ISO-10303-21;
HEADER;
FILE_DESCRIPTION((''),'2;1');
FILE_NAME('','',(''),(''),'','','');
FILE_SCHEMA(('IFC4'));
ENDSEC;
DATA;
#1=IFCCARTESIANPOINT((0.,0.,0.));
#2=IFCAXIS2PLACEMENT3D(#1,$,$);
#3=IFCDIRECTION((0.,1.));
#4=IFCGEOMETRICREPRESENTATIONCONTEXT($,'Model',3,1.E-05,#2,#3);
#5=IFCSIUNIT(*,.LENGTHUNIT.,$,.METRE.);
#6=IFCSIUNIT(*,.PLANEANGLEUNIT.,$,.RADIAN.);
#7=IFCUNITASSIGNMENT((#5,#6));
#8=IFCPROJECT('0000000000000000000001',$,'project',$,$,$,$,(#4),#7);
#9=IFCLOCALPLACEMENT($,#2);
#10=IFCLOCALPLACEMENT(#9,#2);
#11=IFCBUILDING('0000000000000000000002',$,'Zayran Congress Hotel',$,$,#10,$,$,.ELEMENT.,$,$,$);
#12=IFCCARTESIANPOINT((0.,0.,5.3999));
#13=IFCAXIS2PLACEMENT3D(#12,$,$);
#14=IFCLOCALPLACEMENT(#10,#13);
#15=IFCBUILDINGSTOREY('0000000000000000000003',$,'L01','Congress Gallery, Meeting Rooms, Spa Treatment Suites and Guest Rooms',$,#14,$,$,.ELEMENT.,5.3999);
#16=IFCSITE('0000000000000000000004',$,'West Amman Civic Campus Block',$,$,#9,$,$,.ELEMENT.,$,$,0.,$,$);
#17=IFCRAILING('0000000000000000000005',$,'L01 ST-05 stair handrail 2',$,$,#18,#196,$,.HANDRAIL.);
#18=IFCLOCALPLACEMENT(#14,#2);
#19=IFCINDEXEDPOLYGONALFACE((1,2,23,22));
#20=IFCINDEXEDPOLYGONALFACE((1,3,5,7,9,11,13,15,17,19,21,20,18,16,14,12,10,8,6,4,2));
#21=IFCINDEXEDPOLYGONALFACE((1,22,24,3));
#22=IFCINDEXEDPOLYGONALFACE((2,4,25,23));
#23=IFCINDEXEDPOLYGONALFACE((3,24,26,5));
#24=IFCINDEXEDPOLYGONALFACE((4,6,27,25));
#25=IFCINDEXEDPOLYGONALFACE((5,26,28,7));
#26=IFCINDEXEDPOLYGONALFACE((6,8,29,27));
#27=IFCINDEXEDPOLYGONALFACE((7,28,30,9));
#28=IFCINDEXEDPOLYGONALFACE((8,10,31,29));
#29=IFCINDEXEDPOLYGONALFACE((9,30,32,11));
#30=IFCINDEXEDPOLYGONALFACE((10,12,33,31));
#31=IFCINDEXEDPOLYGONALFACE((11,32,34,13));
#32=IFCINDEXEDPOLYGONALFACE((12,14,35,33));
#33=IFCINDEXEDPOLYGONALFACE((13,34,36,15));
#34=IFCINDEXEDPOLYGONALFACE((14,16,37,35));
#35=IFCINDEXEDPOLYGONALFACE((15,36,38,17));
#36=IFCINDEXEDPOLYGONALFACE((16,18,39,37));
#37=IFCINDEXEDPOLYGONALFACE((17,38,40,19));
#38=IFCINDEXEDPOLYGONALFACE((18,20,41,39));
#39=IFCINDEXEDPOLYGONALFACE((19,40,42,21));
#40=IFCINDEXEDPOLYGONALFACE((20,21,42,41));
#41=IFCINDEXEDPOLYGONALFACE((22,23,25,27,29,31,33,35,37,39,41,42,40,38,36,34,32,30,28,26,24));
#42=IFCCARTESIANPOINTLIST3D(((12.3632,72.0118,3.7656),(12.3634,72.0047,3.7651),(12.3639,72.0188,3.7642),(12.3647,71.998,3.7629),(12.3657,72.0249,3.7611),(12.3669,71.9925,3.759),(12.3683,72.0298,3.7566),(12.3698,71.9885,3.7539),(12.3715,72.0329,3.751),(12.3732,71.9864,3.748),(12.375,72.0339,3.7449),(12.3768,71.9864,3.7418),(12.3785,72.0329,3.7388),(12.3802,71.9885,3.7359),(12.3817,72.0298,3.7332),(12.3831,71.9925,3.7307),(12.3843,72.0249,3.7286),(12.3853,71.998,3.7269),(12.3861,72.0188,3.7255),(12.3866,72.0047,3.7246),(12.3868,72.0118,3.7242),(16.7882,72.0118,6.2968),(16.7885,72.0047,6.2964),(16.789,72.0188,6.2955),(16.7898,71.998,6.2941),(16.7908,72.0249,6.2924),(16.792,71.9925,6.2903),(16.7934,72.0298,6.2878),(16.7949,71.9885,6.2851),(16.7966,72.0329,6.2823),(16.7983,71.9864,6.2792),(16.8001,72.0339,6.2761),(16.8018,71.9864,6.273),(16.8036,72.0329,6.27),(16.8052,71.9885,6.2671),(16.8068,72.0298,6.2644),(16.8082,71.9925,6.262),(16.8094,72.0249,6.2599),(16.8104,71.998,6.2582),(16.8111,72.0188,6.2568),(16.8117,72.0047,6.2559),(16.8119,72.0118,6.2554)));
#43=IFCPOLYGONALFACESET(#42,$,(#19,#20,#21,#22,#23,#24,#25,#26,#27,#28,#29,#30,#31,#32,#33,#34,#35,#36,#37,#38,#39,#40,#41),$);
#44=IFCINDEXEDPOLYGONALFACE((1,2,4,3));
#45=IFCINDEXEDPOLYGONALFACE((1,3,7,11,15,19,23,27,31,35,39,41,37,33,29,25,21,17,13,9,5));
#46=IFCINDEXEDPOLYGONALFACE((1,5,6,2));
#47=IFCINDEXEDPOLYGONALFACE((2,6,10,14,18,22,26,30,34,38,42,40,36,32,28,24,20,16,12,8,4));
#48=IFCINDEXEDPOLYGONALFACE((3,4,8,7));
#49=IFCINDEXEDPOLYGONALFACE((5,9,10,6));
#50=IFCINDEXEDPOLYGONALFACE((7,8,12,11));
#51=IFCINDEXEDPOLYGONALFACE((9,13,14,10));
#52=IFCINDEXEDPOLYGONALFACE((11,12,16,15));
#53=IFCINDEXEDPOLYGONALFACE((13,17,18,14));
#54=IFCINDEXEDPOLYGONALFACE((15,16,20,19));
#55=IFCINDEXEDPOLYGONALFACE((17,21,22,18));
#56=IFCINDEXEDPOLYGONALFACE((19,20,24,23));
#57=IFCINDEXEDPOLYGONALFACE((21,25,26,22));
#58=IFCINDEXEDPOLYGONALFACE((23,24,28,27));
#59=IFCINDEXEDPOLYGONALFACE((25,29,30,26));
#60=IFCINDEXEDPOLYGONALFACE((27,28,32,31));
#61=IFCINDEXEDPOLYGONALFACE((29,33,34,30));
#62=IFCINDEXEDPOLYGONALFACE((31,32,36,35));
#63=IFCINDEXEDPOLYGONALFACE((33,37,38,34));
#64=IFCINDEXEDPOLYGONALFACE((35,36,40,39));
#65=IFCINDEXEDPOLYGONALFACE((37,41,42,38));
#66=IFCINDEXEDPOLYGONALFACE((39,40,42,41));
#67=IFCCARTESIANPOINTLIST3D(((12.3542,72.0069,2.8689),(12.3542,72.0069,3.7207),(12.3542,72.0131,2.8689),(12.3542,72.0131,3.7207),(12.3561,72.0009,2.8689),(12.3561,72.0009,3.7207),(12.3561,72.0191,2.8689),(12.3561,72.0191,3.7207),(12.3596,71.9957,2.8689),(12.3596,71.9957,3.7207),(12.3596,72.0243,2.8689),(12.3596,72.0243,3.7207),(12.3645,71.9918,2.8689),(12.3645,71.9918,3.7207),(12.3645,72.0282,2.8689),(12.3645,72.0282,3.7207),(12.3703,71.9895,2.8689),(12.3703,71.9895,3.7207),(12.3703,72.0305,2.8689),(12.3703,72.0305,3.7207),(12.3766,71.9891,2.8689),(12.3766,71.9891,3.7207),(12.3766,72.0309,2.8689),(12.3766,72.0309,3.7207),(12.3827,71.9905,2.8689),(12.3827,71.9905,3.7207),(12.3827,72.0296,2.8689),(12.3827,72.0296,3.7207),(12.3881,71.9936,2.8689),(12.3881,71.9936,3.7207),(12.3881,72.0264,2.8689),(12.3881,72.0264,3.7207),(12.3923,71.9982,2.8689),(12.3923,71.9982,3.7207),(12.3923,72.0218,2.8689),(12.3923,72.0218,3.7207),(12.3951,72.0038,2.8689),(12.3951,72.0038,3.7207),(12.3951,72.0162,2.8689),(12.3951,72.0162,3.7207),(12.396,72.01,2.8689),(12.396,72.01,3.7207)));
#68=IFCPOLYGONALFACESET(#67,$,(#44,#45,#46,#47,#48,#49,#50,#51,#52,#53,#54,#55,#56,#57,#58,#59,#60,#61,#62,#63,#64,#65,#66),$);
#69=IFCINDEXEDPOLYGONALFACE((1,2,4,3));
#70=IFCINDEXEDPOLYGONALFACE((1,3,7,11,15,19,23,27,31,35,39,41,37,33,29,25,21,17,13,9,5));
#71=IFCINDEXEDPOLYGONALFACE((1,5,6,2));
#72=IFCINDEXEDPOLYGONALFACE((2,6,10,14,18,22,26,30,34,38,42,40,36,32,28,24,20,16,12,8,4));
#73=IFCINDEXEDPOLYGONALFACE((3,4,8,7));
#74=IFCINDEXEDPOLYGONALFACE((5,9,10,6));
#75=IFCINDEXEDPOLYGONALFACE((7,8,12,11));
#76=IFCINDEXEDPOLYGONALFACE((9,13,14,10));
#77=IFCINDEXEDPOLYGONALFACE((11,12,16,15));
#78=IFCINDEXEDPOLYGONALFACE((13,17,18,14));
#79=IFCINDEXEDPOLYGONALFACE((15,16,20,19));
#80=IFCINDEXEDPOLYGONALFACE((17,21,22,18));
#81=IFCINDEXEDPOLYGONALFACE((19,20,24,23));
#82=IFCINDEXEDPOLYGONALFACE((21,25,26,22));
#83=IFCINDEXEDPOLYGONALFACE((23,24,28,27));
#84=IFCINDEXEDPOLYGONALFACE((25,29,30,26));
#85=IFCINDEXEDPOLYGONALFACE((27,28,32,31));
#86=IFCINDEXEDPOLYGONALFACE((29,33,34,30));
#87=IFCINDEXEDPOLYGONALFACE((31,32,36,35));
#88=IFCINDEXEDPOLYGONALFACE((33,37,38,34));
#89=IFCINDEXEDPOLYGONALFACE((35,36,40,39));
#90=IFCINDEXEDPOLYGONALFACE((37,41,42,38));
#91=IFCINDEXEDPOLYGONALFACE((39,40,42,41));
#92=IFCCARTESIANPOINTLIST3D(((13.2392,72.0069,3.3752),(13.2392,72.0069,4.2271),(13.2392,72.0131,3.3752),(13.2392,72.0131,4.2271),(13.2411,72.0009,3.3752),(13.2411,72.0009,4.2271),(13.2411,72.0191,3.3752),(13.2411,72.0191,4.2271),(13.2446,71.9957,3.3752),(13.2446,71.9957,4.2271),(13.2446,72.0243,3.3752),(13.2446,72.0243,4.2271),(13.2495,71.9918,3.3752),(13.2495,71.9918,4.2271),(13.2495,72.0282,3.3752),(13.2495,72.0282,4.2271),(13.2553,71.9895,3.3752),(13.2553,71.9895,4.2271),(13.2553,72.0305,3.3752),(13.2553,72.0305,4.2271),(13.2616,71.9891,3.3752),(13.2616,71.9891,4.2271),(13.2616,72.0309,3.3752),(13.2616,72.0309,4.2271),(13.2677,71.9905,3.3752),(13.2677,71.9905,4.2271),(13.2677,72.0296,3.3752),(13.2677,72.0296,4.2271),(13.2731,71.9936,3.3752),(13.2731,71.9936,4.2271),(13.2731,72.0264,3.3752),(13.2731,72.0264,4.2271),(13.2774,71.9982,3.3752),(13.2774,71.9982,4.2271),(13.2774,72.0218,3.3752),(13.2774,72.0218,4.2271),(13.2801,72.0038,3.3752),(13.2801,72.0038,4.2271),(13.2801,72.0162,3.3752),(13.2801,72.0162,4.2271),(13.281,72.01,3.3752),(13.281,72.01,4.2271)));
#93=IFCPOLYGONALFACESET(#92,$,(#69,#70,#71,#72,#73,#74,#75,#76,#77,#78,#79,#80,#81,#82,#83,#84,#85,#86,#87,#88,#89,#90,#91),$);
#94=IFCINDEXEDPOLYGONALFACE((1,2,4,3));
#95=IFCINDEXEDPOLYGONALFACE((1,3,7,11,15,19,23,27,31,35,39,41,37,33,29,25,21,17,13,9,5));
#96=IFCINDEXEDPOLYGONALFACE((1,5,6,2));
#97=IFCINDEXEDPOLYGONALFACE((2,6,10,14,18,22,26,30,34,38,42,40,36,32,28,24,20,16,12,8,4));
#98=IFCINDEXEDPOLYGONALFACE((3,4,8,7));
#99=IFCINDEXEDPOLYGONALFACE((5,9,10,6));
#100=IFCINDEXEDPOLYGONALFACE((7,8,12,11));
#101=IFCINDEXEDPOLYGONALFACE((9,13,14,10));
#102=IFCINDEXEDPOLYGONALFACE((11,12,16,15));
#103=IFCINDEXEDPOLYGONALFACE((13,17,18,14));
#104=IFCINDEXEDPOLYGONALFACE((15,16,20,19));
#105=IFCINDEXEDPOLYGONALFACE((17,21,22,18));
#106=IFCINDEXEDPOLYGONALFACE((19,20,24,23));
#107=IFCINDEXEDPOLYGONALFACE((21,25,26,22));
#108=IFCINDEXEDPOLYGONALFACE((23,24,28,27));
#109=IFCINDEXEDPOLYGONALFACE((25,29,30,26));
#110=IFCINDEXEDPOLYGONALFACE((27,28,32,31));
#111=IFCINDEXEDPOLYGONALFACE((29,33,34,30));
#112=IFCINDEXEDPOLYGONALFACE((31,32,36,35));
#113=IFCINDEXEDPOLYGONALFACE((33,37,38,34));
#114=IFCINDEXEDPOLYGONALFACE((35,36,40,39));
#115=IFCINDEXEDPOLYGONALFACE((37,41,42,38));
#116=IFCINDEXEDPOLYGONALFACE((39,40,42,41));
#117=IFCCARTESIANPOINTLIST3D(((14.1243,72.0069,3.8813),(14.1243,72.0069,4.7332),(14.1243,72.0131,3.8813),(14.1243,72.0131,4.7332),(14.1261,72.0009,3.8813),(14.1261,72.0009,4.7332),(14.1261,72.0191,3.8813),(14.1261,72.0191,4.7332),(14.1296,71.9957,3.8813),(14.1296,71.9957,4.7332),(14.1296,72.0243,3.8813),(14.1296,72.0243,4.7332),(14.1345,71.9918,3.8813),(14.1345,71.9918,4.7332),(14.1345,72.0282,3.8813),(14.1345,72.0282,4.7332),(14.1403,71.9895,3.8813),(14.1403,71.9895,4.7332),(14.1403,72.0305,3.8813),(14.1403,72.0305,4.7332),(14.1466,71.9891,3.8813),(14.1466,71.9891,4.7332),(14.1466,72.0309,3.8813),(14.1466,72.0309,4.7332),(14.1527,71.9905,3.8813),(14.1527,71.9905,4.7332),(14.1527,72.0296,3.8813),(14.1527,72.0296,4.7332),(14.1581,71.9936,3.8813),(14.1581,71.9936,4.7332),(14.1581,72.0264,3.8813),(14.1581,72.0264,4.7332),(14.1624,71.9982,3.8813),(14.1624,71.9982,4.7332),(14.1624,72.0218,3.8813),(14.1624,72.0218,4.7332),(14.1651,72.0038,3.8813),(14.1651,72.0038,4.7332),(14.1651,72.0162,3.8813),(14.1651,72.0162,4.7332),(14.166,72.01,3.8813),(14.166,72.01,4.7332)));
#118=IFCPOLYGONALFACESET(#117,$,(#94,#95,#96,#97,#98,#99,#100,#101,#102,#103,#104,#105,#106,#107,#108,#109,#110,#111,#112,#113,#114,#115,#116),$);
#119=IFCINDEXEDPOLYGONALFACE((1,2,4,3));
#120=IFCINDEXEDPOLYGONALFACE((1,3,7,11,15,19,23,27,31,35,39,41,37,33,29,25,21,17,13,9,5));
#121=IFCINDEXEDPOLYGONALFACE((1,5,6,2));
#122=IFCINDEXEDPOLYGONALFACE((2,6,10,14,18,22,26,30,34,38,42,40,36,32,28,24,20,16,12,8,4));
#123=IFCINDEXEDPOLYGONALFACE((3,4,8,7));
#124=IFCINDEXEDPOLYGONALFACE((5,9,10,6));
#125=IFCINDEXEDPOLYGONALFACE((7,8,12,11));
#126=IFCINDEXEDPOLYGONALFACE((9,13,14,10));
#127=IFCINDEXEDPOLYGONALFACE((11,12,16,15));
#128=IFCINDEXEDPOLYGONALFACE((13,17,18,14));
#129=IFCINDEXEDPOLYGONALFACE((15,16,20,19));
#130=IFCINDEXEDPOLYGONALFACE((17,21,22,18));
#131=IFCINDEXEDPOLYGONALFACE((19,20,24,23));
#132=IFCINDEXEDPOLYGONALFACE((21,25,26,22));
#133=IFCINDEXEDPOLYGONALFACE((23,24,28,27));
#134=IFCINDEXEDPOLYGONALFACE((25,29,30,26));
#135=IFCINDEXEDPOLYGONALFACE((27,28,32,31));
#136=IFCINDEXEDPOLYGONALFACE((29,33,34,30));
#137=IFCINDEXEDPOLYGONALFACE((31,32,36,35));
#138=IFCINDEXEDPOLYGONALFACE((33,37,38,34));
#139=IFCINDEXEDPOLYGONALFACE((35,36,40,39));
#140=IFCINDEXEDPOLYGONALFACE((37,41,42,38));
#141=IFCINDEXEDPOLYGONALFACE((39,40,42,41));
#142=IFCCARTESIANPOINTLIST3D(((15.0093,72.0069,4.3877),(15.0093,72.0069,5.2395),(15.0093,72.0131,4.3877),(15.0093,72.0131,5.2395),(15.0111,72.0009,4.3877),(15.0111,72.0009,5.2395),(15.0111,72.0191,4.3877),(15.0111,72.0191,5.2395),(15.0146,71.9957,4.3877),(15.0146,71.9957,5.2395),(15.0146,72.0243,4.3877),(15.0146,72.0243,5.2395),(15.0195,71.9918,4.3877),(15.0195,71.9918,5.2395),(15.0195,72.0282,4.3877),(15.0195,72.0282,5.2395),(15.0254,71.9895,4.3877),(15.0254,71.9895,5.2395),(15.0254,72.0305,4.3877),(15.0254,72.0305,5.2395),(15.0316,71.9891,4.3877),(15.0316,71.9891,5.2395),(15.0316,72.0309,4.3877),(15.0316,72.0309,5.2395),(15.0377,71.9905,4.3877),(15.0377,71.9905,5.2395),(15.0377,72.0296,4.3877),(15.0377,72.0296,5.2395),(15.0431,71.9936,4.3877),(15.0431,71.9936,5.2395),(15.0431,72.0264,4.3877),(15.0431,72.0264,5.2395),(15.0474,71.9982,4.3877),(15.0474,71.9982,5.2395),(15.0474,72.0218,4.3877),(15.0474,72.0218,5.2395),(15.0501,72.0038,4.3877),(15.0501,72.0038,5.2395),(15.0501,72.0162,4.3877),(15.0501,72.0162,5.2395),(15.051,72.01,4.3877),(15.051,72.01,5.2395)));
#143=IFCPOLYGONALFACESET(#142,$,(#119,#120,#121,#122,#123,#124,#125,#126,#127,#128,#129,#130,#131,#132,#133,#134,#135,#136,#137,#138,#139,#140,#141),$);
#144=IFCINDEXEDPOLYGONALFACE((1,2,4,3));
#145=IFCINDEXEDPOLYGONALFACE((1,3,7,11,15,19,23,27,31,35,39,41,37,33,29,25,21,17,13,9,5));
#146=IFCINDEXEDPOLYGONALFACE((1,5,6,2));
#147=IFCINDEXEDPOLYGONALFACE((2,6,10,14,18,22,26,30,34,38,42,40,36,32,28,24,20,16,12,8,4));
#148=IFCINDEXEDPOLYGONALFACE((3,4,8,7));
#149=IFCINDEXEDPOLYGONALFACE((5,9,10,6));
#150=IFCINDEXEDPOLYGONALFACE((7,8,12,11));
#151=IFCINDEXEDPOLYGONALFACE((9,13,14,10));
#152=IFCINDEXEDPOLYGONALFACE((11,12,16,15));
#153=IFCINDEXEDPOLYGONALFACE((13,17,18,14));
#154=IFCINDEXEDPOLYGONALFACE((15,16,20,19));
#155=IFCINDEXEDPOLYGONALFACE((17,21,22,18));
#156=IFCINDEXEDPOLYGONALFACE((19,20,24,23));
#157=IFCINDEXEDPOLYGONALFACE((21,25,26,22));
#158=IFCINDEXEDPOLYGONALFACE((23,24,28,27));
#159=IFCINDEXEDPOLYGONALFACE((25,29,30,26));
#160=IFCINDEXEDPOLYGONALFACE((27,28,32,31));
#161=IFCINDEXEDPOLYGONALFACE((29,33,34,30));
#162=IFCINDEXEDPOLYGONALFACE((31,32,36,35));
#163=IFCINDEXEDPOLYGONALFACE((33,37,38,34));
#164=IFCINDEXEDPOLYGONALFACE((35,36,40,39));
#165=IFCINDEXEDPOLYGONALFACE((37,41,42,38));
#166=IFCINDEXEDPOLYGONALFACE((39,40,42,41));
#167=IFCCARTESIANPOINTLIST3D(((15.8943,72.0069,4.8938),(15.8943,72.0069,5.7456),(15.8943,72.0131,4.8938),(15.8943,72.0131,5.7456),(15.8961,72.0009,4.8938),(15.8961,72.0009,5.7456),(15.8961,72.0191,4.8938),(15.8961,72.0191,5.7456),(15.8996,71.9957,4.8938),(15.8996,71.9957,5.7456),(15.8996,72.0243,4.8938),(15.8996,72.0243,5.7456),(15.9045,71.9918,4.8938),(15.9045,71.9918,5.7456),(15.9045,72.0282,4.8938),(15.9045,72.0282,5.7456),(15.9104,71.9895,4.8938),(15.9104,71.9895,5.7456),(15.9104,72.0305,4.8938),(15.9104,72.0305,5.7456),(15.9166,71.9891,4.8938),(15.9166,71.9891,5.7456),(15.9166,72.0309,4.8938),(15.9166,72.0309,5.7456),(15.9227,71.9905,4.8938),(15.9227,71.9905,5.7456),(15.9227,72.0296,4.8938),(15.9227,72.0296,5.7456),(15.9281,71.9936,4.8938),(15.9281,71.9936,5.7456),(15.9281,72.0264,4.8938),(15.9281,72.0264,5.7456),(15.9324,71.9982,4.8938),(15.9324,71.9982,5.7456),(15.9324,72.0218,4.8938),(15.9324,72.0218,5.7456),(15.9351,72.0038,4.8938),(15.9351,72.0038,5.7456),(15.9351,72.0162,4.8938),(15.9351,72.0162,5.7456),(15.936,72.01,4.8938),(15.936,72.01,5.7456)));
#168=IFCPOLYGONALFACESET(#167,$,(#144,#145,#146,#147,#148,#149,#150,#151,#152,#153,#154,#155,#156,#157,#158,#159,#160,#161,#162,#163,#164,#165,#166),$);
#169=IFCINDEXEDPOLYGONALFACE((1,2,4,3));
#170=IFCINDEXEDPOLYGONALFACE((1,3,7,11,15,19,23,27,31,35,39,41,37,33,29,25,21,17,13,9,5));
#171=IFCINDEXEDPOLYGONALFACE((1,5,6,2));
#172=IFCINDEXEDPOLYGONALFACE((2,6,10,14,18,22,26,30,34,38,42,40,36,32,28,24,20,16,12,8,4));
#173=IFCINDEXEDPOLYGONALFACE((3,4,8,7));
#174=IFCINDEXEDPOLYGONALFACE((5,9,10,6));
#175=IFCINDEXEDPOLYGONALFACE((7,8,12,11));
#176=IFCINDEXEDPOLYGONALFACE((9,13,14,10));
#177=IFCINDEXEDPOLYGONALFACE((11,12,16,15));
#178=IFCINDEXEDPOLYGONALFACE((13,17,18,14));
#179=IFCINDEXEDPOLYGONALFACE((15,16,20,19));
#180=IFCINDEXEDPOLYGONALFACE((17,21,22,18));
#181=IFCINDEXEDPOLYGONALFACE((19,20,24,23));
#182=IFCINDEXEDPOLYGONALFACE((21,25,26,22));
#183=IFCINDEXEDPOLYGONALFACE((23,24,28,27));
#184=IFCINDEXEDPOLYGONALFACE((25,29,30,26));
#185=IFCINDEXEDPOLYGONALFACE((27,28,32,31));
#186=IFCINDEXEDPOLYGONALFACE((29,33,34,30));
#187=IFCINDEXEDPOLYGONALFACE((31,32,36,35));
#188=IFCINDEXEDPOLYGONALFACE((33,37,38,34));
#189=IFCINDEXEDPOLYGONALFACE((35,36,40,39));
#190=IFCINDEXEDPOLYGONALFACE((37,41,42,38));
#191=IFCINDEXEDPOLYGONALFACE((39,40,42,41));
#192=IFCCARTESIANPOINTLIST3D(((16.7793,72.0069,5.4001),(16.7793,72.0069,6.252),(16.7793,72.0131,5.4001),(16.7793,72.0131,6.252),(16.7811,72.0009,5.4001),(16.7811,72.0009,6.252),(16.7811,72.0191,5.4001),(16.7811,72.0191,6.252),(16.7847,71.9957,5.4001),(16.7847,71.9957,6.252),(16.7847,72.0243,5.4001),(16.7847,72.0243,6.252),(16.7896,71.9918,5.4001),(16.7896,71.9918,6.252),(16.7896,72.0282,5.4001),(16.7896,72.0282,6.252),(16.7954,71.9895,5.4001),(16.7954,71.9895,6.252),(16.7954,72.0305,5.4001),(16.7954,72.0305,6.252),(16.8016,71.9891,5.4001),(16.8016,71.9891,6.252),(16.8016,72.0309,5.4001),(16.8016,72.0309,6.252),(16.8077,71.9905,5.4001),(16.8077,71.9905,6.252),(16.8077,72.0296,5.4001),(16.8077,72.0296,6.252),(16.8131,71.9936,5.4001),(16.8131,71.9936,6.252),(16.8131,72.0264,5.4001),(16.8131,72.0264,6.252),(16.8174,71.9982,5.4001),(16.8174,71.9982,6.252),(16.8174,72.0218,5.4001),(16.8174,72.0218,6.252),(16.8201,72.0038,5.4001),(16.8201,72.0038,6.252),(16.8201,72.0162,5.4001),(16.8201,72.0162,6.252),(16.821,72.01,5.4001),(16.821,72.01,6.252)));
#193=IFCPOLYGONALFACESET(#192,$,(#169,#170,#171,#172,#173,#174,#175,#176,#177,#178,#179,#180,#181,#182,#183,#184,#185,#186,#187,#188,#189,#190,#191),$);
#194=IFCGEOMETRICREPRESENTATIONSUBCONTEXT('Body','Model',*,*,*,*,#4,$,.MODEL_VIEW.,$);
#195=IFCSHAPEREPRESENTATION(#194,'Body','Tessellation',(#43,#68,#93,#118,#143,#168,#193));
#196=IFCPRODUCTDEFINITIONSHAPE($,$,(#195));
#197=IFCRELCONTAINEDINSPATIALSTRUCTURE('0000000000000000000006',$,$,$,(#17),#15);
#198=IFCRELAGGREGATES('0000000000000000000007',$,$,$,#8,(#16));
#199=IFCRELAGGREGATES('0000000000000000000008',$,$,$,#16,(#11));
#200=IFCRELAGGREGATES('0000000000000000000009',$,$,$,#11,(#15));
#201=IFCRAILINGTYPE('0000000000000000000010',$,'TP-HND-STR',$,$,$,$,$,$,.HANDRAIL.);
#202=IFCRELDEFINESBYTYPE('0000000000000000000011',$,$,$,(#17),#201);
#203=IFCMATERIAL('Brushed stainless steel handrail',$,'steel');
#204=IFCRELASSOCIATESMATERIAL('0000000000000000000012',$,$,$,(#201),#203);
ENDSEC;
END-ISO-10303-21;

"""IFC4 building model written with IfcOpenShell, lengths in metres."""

from ifc_helpers import new_model, si_unit, direction, frame, origin, origin_2d, place, context, subcontext, project, spatial, circle, extrude, material, type_object, element, save


model = new_model("IFC4")

# Units and contexts
model_context = context("Model", 3, precision=1e-05, world=origin(), true_north=direction((0.0, 1.0)))
body_context = subcontext(model_context, "Body", "Model", "MODEL_VIEW")
ifc_project = project(units=[si_unit("LENGTHUNIT", "METRE"), si_unit("PLANEANGLEUNIT", "RADIAN")], contexts=[model_context])

# Site, building, storey
site_placement = place(None, origin())
site = spatial("IfcSite", under=ifc_project, at=site_placement, Name="West Amman Civic Campus Block", CompositionType="ELEMENT", RefElevation=0.0)
building_placement = place(site_placement, origin())
building = spatial("IfcBuilding", under=site, at=building_placement, Name="Zayran Congress Hotel", CompositionType="ELEMENT")
storey_placement = place(building_placement, frame((0.0, 0.0, 5.3999)))
storey = spatial("IfcBuildingStorey", under=building, at=storey_placement, Name="L01", Description="Congress Gallery, Meeting Rooms, Spa Treatment Suites and Guest Rooms", CompositionType="ELEMENT", Elevation=5.3999)

# Railing
ifc_material_1 = material(Name="Brushed stainless steel handrail", Category="steel")
railing_type_1 = type_object("IfcRailingType", Name="TP-HND-STR", PredefinedType="HANDRAIL", material=ifc_material_1)
railing_1_placement = place(storey_placement, frame((12.375, 72.01, 2.8689)))
element("IfcRailing", 1, at=railing_1_placement, inside=storey, type_object=railing_type_1, Name="L01 ST-05 stair handrail 2", PredefinedType="HANDRAIL", context=body_context, shape_type="SweptSolid", body=[
    extrude(circle(Radius=0.0239, at=origin_2d()), frame((0.0, 0.0, 0.876), z_axis=(0.868019, 0.0, 0.496531), x_axis=(0.0, 1.0, 0.0)), (0.0, 0.0, 1.0), 5.0979),
    extrude(circle(Radius=0.021, at=origin_2d()), origin(), (0.0, 0.0, 1.0), 0.8518),
    extrude(circle(Radius=0.021, at=origin_2d()), frame((0.885, 0.0, 0.5063)), (0.0, 0.0, 1.0), 0.8518),
    extrude(circle(Radius=0.021, at=origin_2d()), frame((1.77, 0.0, 1.0125)), (0.0, 0.0, 1.0), 0.8518),
    extrude(circle(Radius=0.021, at=origin_2d()), frame((2.655, 0.0, 1.5188)), (0.0, 0.0, 1.0), 0.8518),
    extrude(circle(Radius=0.021, at=origin_2d()), frame((3.54, 0.0, 2.0249)), (0.0, 0.0, 1.0), 0.8518),
    extrude(circle(Radius=0.021, at=origin_2d()), frame((4.425, 0.0, 2.5312)), (0.0, 0.0, 1.0), 0.8518),
])

save(model, "model.ifc")
